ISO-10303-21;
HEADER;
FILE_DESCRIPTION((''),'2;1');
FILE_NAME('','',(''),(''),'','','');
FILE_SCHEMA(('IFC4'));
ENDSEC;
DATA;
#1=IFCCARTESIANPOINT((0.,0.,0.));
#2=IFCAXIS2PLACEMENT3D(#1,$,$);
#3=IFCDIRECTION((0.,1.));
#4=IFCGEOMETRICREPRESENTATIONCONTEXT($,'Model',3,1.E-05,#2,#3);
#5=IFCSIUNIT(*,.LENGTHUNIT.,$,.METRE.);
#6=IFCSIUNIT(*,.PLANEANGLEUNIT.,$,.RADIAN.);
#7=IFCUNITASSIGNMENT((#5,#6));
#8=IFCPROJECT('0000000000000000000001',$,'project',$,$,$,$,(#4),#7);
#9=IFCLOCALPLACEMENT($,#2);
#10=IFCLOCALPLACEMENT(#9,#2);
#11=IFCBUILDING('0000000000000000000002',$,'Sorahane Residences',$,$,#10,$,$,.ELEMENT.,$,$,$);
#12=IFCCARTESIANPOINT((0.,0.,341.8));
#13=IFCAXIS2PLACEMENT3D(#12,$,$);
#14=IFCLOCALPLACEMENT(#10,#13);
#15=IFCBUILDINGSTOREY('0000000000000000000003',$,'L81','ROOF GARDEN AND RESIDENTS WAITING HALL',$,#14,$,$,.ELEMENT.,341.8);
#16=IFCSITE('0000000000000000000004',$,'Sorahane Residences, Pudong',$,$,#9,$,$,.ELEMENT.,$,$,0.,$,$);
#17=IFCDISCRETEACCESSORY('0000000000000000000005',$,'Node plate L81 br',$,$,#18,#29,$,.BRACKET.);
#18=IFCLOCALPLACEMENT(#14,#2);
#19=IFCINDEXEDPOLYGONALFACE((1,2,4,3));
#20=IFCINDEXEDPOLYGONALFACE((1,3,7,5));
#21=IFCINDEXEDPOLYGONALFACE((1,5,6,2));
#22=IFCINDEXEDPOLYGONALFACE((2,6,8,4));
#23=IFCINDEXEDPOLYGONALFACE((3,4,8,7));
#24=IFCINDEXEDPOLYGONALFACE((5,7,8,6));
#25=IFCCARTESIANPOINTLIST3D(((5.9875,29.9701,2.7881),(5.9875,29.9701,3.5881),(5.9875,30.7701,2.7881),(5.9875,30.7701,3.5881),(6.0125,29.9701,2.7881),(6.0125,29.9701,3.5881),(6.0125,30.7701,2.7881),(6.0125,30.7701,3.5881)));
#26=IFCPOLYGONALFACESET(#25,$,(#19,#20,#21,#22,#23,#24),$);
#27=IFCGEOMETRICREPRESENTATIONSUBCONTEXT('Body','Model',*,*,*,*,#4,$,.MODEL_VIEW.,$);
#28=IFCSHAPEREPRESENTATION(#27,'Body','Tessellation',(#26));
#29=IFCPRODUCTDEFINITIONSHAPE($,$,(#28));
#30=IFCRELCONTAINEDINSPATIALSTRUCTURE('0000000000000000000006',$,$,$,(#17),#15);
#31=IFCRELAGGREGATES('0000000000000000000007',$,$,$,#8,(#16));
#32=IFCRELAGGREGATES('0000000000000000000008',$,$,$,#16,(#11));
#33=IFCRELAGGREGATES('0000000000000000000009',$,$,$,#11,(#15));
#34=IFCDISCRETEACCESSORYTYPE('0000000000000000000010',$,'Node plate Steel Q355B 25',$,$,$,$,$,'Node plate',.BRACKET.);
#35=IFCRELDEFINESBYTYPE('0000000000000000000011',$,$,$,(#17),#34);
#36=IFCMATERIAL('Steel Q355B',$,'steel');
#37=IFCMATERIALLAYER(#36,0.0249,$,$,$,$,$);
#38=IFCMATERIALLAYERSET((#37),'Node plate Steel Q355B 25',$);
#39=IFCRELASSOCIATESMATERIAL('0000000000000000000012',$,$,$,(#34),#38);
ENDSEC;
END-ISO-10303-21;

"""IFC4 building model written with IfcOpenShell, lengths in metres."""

from ifc_helpers import new_model, si_unit, direction, frame, origin, origin_2d, place, context, subcontext, project, spatial, rectangle, extrude, material, layer, layer_set, type_object, element, save


model = new_model("IFC4")

# Units and contexts
model_context = context("Model", 3, precision=1e-05, world=origin(), true_north=direction((0.0, 1.0)))
body_context = subcontext(model_context, "Body", "Model", "MODEL_VIEW")
ifc_project = project(units=[si_unit("LENGTHUNIT", "METRE"), si_unit("PLANEANGLEUNIT", "RADIAN")], contexts=[model_context])

# Site, building, storey
site_placement = place(None, origin())
site = spatial("IfcSite", under=ifc_project, at=site_placement, Name="Sorahane Residences, Pudong", CompositionType="ELEMENT", RefElevation=0.0)
building_placement = place(site_placement, origin())
building = spatial("IfcBuilding", under=site, at=building_placement, Name="Sorahane Residences", CompositionType="ELEMENT")
storey_placement = place(building_placement, frame((0.0, 0.0, 341.8)))
storey = spatial("IfcBuildingStorey", under=building, at=storey_placement, Name="L81", Description="ROOF GARDEN AND RESIDENTS WAITING HALL", CompositionType="ELEMENT", Elevation=341.8)

# Discrete accessory
ifc_material_1 = material(Name="Steel Q355B", Category="steel")
ifc_layer_1 = layer(ifc_material_1, 0.0249)
ifc_layer_set_1 = layer_set([ifc_layer_1], Name="Node plate Steel Q355B 25")
discrete_accessory_type = type_object("IfcDiscreteAccessoryType", Name="Node plate Steel Q355B 25", ElementType="Node plate", PredefinedType="BRACKET", material=ifc_layer_set_1)
for number, where, z_axis, x_axis, name in (
    (1, (6.0, 30.3701, 2.7881), (0.0, 0.0, 1.0), (0.0, 1.0, 0.0), "Node plate L81 br"),
):
    element("IfcDiscreteAccessory", number, at=place(storey_placement, frame(where, z_axis=z_axis, x_axis=x_axis)), inside=storey, type_object=discrete_accessory_type, Name=name, PredefinedType="BRACKET", context=body_context, shape_type="SweptSolid", body=[
        extrude(rectangle(XDim=0.8, YDim=0.0249, at=origin_2d()), origin(), (0.0, 0.0, 1.0), 0.8),
    ])

save(model, "model.ifc")
